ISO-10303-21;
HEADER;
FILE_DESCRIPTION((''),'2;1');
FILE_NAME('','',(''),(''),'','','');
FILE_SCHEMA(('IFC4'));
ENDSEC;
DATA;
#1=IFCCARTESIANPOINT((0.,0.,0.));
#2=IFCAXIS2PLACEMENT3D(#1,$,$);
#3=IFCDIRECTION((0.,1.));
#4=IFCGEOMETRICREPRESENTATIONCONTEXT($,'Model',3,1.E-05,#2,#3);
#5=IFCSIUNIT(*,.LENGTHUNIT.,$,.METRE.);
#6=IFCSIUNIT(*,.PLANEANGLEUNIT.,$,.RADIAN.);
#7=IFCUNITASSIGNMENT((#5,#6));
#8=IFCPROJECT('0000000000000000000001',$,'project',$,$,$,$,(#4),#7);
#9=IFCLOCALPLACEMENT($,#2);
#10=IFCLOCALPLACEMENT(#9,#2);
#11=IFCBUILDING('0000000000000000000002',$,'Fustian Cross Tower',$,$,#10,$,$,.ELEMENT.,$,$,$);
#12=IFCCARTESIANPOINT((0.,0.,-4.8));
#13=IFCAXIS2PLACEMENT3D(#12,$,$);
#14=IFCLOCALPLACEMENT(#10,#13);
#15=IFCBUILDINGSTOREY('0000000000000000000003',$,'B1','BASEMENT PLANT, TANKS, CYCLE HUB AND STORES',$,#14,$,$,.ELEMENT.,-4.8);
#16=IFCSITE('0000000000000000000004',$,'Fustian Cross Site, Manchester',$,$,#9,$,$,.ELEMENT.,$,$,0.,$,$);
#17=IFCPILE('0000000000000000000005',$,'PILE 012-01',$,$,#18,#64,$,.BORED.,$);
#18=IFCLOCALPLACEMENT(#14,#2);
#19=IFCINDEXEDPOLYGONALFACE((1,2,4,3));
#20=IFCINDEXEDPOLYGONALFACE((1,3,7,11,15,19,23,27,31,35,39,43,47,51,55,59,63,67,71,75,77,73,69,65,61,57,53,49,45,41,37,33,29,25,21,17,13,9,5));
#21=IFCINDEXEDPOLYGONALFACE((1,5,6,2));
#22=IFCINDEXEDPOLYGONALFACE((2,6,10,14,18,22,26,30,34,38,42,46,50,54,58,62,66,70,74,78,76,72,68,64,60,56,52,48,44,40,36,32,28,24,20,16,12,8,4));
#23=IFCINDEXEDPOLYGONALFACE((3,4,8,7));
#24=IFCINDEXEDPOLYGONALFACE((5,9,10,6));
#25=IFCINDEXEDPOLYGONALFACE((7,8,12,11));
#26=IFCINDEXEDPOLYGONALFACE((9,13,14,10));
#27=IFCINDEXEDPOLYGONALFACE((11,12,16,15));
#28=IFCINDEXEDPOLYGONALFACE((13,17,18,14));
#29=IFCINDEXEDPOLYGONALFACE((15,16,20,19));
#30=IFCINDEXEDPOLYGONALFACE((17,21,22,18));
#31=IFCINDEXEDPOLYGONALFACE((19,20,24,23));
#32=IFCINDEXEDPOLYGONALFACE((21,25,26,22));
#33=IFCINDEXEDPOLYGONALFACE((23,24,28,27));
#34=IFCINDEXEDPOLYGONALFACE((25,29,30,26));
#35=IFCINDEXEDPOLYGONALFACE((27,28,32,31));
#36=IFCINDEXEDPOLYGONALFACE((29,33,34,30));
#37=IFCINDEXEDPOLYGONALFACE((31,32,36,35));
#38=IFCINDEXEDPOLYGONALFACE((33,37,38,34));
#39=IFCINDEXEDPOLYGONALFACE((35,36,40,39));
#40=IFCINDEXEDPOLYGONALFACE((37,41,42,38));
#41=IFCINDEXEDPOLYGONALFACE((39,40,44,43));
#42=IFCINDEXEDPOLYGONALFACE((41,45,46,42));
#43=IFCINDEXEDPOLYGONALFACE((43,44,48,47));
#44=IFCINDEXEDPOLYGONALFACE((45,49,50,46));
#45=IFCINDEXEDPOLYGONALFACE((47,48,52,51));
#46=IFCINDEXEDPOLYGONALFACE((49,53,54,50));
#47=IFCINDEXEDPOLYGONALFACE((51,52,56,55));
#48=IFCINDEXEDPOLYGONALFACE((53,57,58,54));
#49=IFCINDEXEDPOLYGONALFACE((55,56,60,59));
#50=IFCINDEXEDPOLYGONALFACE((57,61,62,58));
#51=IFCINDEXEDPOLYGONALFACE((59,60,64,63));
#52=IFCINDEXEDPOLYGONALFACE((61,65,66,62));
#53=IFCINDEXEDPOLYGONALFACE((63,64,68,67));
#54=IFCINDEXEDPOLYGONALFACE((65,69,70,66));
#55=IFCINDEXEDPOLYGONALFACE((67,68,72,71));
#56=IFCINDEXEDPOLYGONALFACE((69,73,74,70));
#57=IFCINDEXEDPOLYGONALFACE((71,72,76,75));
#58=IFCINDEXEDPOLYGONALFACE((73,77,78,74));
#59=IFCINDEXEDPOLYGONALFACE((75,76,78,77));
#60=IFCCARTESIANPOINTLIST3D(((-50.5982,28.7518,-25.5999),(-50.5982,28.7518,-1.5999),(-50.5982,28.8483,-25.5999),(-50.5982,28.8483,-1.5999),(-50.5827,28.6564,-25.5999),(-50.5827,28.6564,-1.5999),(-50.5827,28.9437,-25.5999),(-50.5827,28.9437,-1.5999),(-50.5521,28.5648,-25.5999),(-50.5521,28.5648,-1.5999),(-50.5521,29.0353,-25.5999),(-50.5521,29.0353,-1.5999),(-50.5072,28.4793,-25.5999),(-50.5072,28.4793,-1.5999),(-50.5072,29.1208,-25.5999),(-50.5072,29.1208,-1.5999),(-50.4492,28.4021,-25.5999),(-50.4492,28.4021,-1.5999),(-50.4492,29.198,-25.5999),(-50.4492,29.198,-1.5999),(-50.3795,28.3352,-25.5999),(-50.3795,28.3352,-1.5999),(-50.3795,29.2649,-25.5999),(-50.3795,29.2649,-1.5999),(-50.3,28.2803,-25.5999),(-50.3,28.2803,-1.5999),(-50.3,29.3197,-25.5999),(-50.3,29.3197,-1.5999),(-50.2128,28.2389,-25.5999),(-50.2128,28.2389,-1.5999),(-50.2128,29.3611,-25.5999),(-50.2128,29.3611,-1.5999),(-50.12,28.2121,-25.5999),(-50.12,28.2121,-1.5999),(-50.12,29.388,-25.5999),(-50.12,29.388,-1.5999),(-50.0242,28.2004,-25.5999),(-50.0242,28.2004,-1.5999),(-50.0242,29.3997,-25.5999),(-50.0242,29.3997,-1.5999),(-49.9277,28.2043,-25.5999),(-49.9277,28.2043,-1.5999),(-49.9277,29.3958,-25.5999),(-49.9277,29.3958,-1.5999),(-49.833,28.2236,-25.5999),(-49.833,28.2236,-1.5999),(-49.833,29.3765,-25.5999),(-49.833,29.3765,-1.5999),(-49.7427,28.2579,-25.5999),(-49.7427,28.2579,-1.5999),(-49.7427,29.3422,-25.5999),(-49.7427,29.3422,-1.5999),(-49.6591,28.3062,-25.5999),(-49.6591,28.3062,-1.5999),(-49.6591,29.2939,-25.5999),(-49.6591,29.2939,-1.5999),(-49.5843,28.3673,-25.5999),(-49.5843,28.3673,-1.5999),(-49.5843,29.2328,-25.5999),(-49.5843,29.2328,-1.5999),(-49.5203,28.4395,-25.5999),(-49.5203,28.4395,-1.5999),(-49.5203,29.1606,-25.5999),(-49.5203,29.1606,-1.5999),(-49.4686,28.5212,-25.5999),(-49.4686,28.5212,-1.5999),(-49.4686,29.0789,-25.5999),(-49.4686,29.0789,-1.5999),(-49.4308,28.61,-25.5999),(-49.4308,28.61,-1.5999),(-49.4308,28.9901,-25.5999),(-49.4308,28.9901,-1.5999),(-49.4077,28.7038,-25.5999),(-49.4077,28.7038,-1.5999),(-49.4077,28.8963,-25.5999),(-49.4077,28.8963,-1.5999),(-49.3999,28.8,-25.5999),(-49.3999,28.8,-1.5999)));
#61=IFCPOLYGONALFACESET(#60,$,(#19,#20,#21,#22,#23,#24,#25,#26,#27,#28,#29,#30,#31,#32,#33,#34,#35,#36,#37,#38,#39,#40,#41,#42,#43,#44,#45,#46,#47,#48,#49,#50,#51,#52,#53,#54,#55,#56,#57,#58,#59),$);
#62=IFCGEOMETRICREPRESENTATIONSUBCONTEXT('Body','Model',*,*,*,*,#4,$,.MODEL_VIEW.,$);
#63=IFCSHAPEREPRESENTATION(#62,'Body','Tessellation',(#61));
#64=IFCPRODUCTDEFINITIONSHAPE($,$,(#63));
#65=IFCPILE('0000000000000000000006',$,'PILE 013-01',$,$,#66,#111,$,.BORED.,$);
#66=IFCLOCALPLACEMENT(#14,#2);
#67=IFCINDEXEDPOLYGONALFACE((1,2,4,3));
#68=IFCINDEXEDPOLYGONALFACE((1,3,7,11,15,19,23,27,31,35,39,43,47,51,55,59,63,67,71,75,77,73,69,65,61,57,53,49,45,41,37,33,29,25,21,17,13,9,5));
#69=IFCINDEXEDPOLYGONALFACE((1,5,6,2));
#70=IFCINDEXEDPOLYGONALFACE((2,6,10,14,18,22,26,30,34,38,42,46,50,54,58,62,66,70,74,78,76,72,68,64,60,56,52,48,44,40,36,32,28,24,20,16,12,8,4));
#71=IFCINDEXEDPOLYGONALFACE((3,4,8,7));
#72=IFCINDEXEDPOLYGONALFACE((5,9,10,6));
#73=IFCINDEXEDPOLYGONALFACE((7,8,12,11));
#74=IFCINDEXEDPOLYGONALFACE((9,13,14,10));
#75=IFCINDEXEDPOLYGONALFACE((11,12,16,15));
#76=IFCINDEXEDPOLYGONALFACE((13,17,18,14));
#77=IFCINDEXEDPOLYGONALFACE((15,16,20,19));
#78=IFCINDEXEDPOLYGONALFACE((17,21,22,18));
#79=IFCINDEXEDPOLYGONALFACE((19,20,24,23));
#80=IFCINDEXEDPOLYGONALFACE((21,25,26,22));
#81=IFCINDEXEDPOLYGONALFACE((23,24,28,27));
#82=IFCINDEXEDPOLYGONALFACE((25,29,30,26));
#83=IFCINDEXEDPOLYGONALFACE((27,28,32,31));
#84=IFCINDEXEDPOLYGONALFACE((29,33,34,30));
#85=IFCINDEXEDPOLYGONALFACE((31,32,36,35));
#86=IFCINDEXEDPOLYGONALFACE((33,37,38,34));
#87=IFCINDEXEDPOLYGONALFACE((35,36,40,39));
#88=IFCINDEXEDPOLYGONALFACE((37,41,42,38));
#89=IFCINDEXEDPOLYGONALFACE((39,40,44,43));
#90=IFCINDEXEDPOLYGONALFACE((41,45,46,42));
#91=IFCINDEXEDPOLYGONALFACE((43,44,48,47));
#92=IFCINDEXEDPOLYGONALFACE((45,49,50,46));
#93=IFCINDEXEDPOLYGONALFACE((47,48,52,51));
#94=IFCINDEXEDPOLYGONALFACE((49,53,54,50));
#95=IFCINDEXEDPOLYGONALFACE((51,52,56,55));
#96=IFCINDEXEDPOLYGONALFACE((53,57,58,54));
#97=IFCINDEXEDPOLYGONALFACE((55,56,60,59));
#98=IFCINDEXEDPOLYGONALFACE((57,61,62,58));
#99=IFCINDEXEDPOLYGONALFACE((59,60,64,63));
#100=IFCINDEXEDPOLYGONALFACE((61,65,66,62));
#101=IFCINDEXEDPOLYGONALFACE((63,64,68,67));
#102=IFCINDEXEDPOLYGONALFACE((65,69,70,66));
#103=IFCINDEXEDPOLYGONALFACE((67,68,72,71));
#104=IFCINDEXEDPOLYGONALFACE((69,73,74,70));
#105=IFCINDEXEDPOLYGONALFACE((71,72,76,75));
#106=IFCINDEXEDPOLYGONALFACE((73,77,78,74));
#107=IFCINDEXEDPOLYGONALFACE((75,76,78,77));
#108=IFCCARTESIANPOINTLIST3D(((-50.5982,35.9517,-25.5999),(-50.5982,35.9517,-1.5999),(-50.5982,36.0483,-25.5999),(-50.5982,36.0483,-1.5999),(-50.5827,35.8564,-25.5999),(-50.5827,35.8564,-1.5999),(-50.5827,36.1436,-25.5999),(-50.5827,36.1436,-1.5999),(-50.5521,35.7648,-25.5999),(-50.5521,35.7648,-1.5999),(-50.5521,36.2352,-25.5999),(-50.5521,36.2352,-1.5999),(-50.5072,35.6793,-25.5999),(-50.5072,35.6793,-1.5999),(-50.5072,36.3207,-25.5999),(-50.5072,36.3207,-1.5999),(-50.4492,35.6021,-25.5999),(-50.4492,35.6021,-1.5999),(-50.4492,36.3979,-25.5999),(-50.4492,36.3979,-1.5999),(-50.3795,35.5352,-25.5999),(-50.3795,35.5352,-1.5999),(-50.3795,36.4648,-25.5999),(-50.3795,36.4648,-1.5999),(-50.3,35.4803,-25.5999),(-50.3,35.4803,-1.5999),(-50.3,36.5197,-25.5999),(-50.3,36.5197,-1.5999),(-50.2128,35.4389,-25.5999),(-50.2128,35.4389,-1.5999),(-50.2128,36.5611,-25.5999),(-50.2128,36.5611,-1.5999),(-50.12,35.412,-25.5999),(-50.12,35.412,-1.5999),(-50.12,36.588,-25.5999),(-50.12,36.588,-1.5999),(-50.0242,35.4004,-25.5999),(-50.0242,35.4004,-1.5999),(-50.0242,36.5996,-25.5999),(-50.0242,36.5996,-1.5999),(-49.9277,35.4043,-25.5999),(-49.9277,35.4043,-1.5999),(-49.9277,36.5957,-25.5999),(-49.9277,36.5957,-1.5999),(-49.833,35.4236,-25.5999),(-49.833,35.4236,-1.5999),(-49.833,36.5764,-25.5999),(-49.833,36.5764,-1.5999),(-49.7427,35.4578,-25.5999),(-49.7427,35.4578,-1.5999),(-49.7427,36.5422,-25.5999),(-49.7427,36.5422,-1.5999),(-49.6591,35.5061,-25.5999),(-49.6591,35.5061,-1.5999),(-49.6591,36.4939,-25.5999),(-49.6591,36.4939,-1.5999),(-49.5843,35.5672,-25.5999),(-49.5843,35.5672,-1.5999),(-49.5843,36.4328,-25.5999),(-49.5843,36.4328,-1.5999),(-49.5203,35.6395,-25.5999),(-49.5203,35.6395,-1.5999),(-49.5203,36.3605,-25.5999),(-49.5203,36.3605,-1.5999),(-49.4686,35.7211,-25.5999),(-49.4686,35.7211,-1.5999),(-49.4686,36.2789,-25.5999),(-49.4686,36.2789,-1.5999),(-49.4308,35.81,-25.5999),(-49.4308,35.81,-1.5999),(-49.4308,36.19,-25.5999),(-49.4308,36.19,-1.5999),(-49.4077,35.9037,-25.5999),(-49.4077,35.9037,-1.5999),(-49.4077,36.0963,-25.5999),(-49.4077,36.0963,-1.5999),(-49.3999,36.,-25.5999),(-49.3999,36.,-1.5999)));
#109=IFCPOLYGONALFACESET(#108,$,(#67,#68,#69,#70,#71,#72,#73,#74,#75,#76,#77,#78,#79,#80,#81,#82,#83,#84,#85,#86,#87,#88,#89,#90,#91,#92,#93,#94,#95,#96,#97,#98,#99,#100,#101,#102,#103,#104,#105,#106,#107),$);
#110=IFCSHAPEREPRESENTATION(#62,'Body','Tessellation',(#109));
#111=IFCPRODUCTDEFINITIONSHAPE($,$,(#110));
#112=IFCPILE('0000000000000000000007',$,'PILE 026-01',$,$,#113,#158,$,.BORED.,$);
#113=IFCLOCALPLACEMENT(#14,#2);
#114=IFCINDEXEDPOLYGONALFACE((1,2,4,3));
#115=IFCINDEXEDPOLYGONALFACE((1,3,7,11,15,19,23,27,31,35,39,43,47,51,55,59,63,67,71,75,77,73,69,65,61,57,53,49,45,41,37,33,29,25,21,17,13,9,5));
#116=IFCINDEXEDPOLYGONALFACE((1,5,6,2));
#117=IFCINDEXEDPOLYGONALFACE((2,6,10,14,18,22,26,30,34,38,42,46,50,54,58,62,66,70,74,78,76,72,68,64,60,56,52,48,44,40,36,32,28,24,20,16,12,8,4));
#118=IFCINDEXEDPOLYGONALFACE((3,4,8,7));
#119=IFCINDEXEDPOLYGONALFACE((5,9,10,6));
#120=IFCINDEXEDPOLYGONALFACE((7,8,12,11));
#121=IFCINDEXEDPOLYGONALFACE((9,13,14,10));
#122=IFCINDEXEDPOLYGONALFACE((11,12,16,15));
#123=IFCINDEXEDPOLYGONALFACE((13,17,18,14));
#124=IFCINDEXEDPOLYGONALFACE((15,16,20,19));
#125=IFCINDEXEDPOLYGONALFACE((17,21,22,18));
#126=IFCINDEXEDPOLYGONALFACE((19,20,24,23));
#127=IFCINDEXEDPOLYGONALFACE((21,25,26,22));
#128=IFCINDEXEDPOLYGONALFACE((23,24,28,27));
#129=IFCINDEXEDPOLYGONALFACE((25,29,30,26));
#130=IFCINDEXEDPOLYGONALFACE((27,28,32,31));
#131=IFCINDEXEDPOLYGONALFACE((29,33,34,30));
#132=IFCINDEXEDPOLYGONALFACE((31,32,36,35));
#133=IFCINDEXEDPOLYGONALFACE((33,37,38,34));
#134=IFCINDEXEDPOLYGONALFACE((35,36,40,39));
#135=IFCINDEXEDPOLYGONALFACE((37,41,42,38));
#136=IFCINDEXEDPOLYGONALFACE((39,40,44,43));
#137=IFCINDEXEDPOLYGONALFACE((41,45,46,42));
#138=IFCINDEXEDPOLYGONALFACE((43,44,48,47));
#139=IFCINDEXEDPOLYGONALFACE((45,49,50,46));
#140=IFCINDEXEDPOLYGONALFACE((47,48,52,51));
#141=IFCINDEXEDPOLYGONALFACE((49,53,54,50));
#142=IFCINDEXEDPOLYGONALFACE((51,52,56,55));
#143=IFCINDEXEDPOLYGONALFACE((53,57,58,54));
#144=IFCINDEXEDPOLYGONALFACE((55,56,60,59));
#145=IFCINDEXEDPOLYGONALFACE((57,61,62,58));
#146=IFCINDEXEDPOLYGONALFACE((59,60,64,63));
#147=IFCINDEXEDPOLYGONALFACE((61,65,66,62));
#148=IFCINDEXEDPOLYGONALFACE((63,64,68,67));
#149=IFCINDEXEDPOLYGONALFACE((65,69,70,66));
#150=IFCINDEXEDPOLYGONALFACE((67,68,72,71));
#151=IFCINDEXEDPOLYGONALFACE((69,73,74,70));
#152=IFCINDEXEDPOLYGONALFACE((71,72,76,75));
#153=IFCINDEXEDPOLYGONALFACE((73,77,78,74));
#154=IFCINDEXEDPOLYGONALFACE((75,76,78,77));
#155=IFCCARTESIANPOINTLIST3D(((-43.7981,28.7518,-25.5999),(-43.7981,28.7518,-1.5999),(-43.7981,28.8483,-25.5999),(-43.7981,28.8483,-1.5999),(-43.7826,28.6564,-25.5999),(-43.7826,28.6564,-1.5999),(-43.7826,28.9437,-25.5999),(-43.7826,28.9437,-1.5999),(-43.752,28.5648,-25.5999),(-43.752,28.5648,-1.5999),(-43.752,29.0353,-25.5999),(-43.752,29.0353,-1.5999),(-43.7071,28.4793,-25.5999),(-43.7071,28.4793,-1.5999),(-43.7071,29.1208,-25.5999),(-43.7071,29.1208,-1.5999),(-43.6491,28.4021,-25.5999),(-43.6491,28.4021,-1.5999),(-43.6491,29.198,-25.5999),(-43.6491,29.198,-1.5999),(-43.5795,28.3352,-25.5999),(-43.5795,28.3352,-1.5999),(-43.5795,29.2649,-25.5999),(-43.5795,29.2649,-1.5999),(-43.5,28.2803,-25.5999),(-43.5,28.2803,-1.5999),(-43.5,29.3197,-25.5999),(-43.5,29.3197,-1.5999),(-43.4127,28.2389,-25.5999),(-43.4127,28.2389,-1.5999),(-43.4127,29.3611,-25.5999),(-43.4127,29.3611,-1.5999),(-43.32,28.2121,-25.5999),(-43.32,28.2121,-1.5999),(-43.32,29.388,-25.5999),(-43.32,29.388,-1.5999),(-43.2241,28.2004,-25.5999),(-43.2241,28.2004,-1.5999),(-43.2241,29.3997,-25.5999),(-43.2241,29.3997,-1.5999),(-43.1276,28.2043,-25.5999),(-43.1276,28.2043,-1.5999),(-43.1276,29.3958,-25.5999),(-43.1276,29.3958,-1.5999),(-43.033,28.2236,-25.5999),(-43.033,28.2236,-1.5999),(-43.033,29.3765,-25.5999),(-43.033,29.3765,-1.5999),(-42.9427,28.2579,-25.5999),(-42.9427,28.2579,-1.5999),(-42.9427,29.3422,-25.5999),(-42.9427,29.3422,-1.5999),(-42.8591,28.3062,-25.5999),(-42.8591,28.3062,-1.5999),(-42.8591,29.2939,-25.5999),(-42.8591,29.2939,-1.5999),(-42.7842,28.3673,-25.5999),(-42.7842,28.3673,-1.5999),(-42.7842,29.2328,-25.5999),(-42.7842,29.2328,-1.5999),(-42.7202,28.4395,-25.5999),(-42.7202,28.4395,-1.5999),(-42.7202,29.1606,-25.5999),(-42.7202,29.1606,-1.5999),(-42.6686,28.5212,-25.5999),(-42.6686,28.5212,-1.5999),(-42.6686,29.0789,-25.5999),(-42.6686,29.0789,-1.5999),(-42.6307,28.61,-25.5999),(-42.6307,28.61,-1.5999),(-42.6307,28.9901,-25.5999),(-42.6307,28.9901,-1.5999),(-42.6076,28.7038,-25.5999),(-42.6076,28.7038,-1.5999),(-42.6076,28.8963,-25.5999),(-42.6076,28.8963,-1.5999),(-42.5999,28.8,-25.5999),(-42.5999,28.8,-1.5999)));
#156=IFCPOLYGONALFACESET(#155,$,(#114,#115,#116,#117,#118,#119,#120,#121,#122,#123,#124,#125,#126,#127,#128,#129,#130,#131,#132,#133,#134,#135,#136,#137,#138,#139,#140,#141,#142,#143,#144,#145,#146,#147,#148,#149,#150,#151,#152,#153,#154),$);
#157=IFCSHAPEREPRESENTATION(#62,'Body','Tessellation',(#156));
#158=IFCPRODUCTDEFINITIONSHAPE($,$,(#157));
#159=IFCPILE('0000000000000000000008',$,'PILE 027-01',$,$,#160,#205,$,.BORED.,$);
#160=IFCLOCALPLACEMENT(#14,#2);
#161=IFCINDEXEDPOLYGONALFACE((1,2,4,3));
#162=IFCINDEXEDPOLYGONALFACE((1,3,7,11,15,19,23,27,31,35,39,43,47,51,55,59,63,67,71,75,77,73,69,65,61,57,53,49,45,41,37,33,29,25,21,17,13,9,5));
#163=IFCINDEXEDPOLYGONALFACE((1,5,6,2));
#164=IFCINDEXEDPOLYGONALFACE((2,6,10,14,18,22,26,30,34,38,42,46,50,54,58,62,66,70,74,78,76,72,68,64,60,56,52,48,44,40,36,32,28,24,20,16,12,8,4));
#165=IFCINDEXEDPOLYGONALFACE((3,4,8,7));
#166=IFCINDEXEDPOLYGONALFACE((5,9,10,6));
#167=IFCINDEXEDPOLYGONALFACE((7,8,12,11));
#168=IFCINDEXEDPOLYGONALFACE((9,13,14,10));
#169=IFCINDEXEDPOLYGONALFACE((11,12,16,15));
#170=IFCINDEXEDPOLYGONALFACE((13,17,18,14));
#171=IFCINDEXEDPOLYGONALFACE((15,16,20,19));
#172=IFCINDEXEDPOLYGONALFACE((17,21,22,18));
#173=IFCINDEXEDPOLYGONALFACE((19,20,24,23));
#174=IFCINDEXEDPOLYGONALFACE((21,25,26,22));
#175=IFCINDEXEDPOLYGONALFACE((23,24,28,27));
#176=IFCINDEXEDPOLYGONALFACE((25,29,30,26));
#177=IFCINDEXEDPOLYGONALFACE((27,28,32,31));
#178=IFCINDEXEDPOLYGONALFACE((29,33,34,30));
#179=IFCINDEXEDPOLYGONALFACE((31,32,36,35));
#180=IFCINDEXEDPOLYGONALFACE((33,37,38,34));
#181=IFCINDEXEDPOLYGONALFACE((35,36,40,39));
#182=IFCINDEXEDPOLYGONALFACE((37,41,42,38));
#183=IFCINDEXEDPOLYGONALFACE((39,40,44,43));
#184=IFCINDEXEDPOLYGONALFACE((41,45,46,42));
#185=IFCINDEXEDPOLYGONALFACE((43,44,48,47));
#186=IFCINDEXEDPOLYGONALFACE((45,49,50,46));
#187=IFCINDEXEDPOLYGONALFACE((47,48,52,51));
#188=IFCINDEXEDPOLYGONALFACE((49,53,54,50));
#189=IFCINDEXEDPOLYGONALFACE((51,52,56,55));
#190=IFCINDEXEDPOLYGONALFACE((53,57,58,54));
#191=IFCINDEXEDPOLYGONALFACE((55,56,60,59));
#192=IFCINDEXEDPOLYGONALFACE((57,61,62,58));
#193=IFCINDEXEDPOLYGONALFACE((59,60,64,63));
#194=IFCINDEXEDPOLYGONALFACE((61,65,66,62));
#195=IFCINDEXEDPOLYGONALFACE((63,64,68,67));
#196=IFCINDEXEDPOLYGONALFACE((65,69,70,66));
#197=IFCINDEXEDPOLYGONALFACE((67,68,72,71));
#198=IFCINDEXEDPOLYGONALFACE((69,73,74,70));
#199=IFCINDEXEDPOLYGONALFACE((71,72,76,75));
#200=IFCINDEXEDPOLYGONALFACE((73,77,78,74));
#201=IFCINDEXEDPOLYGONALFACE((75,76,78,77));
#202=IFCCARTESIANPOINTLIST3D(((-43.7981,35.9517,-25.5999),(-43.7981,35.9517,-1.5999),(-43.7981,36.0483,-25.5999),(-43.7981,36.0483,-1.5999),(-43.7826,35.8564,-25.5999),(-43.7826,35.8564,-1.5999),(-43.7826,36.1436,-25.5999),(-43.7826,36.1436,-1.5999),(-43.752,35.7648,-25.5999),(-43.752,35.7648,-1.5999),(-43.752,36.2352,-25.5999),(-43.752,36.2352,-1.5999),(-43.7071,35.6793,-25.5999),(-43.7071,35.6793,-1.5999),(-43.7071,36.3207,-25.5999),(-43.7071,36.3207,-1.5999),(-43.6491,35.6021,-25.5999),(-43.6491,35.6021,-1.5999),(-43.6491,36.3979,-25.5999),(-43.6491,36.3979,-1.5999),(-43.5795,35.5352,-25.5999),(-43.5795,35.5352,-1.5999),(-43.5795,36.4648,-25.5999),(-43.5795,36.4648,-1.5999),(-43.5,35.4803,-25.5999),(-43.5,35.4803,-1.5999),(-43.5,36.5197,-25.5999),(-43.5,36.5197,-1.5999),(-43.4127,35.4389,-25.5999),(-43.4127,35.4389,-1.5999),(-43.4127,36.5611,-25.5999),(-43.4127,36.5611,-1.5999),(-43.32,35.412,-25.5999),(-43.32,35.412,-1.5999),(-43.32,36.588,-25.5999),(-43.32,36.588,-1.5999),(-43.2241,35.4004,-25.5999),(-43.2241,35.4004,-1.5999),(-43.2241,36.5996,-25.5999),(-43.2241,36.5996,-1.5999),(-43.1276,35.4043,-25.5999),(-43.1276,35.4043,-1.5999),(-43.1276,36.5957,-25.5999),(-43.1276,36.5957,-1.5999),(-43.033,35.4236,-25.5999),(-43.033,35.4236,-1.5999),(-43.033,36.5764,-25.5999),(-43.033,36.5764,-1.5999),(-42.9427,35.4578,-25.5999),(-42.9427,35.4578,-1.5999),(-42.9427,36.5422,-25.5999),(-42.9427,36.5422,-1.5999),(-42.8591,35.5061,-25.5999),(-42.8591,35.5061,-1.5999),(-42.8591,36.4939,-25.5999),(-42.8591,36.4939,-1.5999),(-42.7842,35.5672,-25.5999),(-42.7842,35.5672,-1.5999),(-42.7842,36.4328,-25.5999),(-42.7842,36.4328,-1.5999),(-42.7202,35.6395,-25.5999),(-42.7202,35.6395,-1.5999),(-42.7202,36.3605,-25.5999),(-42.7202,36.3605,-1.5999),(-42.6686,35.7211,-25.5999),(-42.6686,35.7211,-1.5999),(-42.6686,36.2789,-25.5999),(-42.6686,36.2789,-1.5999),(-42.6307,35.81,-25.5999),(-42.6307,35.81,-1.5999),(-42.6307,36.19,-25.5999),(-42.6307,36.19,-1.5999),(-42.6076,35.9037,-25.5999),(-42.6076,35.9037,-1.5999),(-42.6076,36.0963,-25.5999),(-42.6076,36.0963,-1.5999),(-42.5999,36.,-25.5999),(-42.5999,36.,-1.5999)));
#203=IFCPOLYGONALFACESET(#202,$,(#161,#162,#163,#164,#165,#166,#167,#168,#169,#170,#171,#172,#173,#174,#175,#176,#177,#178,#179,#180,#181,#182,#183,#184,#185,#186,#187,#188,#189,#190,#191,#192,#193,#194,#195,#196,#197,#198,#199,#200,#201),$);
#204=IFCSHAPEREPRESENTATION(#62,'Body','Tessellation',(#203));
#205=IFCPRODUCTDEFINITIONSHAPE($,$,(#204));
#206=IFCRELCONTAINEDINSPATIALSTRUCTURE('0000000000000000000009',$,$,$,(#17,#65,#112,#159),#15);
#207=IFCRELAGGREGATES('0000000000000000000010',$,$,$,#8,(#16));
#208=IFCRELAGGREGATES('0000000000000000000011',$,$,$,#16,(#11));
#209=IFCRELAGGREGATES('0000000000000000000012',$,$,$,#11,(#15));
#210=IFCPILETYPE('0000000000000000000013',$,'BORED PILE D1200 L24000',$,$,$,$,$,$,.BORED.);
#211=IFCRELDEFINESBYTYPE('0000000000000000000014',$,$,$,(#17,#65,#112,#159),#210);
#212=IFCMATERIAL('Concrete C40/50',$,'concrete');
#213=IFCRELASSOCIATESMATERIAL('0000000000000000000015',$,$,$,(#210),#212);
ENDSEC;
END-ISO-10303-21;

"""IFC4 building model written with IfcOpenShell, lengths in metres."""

from ifc_helpers import new_model, si_unit, direction, frame, origin, origin_2d, place, context, subcontext, project, spatial, circle, extrude, material, material_profile, profile_set, type_object, element, save


model = new_model("IFC4")

# Units and contexts
model_context = context("Model", 3, precision=1e-05, world=origin(), true_north=direction((0.0, 1.0)))
body_context = subcontext(model_context, "Body", "Model", "MODEL_VIEW")
ifc_project = project(units=[si_unit("LENGTHUNIT", "METRE"), si_unit("PLANEANGLEUNIT", "RADIAN")], contexts=[model_context])

# Site, building, storey
site_placement = place(None, origin())
site = spatial("IfcSite", under=ifc_project, at=site_placement, Name="Fustian Cross Site, Manchester", CompositionType="ELEMENT", RefElevation=0.0)
building_placement = place(site_placement, origin())
building = spatial("IfcBuilding", under=site, at=building_placement, Name="Fustian Cross Tower", CompositionType="ELEMENT")
storey_placement = place(building_placement, frame((0.0, 0.0, -4.8)))
storey = spatial("IfcBuildingStorey", under=building, at=storey_placement, Name="B1", Description="BASEMENT PLANT, TANKS, CYCLE HUB AND STORES", CompositionType="ELEMENT", Elevation=-4.8)

# Piles
ifc_material_1 = material(Name="Concrete C40/50", Category="concrete")
ifc_material_profile_1 = material_profile(ifc_material_1, circle(Radius=0.6001, at=origin_2d()), Name="BORED PILE D1200 L24000")
ifc_profile_set_1 = profile_set([ifc_material_profile_1], Name="Concrete C40/50")
pile_type = type_object("IfcPileType", Name="BORED PILE D1200 L24000", PredefinedType="BORED", material=ifc_profile_set_1)
for number, where, z_axis, x_axis, name in (
    (1, (-50.0, 28.8, -1.5999), (0.0, 0.0, -1.0), (1.0, 0.0, 0.0), "PILE 012-01"),
    (2, (-50.0, 36.0, -1.5999), (0.0, 0.0, -1.0), (1.0, 0.0, 0.0), "PILE 013-01"),
    (3, (-43.2, 28.8, -1.5999), (0.0, 0.0, -1.0), (1.0, 0.0, 0.0), "PILE 026-01"),
    (4, (-43.2, 36.0, -1.5999), (0.0, 0.0, -1.0), (1.0, 0.0, 0.0), "PILE 027-01"),
):
    element("IfcPile", number, at=place(storey_placement, frame(where, z_axis=z_axis, x_axis=x_axis)), inside=storey, type_object=pile_type, Name=name, PredefinedType="BORED", context=body_context, shape_type="SweptSolid", body=[
        extrude(circle(Radius=0.6001, at=origin_2d()), origin(), (0.0, 0.0, 1.0), 24.0),
    ])

save(model, "model.ifc")
